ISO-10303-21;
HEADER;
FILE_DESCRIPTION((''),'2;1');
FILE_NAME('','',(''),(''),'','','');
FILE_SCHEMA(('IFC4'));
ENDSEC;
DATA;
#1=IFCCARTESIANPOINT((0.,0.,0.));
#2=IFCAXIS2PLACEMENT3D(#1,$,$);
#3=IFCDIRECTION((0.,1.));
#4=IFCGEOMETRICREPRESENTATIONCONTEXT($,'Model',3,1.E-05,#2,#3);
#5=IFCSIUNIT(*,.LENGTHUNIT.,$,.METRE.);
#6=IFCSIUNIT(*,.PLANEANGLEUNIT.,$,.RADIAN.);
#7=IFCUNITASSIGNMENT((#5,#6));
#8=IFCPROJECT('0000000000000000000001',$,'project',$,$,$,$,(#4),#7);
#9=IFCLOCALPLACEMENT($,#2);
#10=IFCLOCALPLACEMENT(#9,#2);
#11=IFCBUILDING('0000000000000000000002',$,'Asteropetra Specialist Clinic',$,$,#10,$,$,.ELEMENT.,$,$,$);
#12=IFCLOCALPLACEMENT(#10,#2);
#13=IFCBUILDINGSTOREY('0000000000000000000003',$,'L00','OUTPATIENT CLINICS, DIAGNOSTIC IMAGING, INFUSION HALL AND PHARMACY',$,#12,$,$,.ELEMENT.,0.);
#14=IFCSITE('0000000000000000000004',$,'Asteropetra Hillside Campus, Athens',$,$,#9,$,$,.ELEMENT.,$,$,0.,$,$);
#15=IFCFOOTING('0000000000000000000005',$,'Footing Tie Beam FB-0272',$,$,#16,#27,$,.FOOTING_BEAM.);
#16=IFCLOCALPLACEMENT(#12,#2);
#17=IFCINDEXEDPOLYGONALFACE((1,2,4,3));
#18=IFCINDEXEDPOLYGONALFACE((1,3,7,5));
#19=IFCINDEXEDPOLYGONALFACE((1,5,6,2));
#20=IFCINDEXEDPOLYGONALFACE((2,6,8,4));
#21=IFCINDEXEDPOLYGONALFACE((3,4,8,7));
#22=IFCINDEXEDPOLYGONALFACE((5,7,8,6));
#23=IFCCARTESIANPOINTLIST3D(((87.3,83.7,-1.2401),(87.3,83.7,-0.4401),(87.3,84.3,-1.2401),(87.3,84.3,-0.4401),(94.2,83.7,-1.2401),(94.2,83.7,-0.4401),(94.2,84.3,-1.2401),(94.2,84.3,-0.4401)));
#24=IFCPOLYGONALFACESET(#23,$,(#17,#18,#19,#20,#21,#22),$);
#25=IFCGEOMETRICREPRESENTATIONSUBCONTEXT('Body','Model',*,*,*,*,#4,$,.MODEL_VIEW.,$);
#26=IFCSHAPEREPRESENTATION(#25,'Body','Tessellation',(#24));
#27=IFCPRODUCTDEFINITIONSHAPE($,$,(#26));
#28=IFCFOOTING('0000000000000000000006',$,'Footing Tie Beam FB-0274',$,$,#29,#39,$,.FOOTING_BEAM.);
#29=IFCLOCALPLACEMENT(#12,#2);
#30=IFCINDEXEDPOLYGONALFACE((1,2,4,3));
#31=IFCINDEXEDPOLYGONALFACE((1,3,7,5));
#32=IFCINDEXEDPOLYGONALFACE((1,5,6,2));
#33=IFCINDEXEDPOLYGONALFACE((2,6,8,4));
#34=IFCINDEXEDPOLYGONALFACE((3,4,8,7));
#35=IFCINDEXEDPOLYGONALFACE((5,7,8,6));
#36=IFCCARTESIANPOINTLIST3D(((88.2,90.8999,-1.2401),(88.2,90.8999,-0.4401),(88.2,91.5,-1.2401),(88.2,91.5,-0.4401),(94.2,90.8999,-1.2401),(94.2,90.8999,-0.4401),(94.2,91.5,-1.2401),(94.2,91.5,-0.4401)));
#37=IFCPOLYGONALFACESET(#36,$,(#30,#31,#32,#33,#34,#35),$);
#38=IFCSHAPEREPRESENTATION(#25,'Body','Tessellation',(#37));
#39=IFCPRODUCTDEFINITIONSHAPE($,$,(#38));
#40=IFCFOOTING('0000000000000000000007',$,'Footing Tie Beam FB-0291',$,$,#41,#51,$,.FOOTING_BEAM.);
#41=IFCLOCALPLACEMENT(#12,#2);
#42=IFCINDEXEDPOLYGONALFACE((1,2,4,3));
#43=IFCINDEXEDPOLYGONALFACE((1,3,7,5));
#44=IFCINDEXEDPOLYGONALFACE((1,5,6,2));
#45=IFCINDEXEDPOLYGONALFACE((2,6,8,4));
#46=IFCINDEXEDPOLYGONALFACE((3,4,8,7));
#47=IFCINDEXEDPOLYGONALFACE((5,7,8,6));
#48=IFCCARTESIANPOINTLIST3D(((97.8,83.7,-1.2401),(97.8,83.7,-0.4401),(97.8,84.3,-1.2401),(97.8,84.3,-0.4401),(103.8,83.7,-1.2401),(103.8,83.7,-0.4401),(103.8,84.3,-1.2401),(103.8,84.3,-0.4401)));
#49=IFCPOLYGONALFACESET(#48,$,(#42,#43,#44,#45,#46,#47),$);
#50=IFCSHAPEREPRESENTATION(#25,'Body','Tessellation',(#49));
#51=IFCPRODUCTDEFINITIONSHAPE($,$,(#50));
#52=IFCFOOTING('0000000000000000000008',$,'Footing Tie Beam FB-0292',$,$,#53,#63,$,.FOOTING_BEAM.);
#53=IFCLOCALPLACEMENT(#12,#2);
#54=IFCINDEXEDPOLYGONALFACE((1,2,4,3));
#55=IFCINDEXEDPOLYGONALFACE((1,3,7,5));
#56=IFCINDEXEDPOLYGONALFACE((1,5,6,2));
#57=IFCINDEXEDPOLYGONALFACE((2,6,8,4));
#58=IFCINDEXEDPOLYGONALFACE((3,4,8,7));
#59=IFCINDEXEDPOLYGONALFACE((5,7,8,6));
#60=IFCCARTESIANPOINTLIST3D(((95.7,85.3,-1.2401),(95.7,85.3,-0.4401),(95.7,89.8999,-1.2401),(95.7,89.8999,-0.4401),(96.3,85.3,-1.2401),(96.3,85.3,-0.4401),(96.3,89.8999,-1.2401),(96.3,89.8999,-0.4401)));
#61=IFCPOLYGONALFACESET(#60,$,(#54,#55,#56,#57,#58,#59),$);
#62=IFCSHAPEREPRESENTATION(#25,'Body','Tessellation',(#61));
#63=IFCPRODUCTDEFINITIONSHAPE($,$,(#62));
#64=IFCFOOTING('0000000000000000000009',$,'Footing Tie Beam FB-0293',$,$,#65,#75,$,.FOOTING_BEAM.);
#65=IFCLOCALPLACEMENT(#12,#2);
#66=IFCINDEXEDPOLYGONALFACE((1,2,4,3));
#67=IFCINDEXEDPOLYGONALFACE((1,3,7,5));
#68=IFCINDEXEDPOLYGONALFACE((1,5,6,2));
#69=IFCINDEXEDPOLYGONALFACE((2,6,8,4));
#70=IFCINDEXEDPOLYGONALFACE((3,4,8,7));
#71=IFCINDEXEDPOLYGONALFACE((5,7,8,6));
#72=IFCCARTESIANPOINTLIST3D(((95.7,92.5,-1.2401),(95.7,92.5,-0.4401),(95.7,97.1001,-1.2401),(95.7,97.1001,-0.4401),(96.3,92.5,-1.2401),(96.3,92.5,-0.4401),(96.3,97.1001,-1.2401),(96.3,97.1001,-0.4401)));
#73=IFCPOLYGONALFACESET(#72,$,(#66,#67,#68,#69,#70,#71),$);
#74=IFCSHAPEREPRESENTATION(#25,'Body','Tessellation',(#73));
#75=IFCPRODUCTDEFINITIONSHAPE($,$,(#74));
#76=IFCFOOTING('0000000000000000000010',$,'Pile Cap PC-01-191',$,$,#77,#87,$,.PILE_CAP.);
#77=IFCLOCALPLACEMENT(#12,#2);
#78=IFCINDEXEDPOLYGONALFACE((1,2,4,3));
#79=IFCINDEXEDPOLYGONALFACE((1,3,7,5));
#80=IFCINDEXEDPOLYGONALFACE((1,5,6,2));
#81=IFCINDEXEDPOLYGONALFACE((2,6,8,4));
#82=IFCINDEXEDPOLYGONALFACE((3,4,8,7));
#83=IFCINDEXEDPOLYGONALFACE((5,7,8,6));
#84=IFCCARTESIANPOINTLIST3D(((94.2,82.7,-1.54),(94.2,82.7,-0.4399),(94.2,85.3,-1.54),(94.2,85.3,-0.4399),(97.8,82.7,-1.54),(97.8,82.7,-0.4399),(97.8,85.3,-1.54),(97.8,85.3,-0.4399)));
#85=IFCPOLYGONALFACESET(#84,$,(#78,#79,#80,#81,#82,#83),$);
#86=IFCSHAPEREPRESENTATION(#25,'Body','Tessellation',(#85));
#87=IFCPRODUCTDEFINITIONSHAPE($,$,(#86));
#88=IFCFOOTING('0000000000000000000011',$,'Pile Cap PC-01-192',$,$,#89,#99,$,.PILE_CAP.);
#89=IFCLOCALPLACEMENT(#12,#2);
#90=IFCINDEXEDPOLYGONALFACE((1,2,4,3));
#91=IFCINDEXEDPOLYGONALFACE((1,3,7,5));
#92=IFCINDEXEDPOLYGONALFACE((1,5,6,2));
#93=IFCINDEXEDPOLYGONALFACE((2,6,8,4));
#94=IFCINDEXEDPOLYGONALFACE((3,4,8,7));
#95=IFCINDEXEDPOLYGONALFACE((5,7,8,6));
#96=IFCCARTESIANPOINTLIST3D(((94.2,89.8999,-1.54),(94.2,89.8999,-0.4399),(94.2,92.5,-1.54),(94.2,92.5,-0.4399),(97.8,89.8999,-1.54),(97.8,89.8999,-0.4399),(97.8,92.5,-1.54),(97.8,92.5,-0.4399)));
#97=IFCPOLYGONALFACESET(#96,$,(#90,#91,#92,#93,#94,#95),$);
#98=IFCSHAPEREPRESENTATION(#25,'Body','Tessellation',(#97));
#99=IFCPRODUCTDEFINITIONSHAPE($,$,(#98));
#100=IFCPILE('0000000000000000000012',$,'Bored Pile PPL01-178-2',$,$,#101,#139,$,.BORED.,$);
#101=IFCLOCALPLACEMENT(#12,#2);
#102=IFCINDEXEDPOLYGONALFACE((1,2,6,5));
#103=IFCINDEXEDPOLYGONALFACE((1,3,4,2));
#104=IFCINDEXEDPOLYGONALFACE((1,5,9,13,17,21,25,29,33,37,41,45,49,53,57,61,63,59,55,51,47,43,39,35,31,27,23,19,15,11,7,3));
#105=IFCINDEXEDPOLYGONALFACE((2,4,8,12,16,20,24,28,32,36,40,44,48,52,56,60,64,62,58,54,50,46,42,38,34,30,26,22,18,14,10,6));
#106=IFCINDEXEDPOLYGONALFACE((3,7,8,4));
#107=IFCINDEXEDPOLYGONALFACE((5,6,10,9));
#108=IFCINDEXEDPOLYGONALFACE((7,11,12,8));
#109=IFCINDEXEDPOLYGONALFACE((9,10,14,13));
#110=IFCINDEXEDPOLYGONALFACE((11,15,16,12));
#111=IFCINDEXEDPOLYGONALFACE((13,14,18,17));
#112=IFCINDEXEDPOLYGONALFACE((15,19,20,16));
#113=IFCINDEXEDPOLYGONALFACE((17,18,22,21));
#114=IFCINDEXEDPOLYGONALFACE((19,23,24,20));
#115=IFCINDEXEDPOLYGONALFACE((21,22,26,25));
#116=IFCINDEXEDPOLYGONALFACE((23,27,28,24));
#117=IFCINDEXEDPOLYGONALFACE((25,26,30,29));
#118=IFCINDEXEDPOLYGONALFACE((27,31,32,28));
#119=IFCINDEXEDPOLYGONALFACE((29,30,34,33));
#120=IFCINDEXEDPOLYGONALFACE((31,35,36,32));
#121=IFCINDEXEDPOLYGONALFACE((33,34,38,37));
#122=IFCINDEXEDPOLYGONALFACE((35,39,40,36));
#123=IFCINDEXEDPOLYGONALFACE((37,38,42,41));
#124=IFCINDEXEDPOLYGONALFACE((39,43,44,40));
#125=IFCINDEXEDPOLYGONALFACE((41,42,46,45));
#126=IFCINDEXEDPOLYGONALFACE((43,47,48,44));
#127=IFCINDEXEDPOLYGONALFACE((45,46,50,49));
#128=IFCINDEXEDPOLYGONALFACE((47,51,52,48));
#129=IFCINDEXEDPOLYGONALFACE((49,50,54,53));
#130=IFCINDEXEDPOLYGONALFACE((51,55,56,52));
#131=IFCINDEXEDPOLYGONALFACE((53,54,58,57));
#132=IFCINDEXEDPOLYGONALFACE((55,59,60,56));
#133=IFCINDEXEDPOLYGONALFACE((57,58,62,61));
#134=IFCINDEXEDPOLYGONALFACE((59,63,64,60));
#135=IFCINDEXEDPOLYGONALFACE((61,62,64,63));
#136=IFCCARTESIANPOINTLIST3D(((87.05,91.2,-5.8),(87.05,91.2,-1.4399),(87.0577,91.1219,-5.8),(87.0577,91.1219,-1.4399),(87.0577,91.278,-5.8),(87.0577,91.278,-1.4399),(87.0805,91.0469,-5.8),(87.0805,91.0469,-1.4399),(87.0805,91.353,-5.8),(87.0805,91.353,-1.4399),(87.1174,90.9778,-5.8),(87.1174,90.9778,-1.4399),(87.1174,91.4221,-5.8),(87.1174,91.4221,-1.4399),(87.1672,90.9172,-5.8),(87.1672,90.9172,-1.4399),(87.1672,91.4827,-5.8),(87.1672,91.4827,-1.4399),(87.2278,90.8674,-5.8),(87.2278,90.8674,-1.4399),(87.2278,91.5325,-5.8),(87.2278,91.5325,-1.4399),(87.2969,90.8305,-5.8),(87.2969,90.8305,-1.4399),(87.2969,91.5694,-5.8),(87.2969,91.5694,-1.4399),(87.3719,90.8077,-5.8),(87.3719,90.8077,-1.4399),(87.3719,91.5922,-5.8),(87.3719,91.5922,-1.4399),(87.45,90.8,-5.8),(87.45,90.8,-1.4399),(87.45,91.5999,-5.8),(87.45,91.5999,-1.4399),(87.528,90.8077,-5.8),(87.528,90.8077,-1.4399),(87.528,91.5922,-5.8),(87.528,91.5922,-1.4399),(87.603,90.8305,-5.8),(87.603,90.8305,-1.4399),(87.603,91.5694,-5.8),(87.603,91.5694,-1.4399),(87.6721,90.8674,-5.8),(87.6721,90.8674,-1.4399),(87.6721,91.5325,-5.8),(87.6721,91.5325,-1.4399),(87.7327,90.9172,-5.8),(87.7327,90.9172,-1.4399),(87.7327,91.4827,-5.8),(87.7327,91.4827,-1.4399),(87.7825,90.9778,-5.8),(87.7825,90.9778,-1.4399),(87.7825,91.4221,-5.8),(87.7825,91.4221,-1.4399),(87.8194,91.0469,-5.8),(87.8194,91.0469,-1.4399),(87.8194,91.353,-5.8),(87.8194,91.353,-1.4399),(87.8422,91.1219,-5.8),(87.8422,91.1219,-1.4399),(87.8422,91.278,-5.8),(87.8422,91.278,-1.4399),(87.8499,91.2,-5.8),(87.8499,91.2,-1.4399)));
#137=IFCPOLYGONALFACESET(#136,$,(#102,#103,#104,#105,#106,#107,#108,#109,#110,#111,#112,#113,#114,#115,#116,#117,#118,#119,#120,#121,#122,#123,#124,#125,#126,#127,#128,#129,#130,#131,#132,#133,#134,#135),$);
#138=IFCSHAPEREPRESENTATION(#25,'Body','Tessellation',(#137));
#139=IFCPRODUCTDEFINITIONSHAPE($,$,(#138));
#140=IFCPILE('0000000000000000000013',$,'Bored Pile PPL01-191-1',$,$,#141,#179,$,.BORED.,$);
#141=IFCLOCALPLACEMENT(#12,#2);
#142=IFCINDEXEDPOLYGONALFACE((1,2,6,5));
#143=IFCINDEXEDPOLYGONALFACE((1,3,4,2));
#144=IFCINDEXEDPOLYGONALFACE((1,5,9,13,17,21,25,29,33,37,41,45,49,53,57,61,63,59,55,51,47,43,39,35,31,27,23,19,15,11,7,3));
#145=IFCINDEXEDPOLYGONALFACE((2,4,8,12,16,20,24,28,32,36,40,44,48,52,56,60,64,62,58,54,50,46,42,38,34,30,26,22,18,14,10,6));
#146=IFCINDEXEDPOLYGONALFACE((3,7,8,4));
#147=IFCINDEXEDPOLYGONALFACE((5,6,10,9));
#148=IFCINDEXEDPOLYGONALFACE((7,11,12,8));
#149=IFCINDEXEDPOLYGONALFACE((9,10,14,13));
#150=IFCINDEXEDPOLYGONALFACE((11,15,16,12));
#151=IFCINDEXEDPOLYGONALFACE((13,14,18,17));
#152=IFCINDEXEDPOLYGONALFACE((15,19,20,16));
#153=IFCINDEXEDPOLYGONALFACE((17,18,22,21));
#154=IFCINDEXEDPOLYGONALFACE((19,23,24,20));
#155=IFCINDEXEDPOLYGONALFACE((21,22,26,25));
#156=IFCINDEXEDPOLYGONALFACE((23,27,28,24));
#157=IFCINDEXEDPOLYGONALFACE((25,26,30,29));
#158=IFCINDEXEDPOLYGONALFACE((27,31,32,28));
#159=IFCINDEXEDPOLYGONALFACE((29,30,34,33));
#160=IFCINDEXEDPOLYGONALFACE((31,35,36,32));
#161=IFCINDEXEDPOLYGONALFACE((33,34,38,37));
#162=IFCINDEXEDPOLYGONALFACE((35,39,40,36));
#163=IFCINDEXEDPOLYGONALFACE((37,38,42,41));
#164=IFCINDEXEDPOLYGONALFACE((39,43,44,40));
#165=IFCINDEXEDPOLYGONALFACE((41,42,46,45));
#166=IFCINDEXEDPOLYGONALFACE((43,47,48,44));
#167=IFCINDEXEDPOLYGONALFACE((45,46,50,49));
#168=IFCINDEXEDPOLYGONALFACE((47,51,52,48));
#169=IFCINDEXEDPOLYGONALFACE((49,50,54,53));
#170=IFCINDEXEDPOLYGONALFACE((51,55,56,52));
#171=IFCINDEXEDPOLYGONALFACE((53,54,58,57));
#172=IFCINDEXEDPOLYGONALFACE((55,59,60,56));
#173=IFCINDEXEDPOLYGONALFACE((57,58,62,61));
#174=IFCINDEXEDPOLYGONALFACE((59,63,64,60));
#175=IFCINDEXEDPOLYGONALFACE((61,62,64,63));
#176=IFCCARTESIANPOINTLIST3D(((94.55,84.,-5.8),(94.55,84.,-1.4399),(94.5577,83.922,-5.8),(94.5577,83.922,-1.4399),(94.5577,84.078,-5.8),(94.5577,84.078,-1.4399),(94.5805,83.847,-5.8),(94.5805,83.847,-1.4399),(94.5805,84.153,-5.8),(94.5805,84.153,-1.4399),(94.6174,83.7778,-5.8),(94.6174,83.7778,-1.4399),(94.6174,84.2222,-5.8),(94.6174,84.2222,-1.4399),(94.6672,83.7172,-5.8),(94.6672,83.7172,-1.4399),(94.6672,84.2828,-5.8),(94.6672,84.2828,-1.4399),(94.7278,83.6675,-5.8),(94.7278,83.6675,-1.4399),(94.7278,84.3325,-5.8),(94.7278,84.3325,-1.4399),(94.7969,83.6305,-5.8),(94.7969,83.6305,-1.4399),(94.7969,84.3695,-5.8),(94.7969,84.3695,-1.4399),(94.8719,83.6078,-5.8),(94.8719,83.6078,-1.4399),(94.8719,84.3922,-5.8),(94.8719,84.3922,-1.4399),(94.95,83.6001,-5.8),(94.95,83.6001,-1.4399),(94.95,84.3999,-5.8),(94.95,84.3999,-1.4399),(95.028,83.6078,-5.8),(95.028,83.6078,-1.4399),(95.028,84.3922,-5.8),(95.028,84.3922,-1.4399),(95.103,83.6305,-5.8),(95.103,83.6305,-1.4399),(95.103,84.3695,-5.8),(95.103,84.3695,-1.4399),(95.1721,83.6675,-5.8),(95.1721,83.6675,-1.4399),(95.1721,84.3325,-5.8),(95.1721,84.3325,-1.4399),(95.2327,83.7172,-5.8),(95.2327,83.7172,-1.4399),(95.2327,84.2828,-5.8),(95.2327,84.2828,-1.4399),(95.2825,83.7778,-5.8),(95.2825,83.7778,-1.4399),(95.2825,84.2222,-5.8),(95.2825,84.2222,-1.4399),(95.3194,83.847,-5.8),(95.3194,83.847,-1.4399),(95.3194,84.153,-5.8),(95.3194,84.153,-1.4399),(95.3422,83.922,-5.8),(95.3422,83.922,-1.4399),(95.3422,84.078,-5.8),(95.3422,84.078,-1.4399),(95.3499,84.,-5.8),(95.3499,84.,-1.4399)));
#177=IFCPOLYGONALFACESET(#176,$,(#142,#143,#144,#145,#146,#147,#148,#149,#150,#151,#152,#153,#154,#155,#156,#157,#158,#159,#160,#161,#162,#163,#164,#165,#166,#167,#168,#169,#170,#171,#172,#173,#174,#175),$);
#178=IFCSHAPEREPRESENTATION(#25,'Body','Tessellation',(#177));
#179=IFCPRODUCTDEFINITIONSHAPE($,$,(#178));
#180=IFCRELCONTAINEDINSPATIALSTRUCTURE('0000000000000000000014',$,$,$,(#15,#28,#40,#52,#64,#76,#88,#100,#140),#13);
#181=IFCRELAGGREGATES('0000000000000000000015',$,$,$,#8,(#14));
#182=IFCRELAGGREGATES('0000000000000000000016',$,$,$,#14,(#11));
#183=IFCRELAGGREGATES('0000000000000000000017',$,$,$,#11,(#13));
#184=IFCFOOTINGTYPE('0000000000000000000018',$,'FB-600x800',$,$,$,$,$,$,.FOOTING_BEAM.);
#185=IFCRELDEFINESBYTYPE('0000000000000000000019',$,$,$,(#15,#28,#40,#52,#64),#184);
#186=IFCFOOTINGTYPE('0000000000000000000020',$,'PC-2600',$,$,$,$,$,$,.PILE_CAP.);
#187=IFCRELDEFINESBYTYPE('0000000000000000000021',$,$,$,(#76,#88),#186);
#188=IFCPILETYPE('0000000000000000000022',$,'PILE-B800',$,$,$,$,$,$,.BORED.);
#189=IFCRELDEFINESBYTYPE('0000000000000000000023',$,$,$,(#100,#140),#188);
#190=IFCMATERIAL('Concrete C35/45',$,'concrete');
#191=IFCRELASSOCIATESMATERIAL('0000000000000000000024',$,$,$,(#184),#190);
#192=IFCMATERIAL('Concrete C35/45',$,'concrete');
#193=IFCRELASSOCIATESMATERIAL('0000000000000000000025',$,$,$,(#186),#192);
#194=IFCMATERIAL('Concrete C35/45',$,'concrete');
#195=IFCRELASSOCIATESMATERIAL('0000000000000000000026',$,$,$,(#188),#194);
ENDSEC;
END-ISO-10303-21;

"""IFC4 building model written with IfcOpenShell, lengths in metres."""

from ifc_helpers import new_model, si_unit, direction, frame, origin, origin_2d, place, context, subcontext, project, spatial, rectangle, circle, extrude, material, material_profile, profile_set, type_object, element, save


model = new_model("IFC4")

# Units and contexts
model_context = context("Model", 3, precision=1e-05, world=origin(), true_north=direction((0.0, 1.0)))
body_context = subcontext(model_context, "Body", "Model", "MODEL_VIEW")
ifc_project = project(units=[si_unit("LENGTHUNIT", "METRE"), si_unit("PLANEANGLEUNIT", "RADIAN")], contexts=[model_context])

# Site, building, storey
site_placement = place(None, origin())
site = spatial("IfcSite", under=ifc_project, at=site_placement, Name="Asteropetra Hillside Campus, Athens", CompositionType="ELEMENT", RefElevation=0.0)
building_placement = place(site_placement, origin())
building = spatial("IfcBuilding", under=site, at=building_placement, Name="Asteropetra Specialist Clinic", CompositionType="ELEMENT")
storey_placement = place(building_placement, origin())
storey = spatial("IfcBuildingStorey", under=building, at=storey_placement, Name="L00", Description="OUTPATIENT CLINICS, DIAGNOSTIC IMAGING, INFUSION HALL AND PHARMACY", CompositionType="ELEMENT", Elevation=0.0)

# Footings
ifc_material_1 = material(Name="Concrete C35/45", Category="concrete")
ifc_material_profile_1 = material_profile(ifc_material_1, rectangle(XDim=0.6001, YDim=0.8, at=origin_2d()), Name="FB 600x800")
ifc_profile_set_1 = profile_set([ifc_material_profile_1], Name="Concrete C35/45")
footing_type_1 = type_object("IfcFootingType", Name="FB-600x800", PredefinedType="FOOTING_BEAM", material=ifc_profile_set_1)
footing_1_placement = place(storey_placement, frame((87.3, 84.0, -0.8401), z_axis=(1.0, 0.0, 0.0), x_axis=(0.0, 1.0, 0.0)))
element("IfcFooting", 1, at=footing_1_placement, inside=storey, type_object=footing_type_1, Name="Footing Tie Beam FB-0272", PredefinedType="FOOTING_BEAM", context=body_context, shape_type="SweptSolid", body=[
    extrude(rectangle(XDim=0.6001, YDim=0.8, at=origin_2d()), origin(), (0.0, 0.0, 1.0), 6.8999),
])
for number, where, z_axis, x_axis, name in (
    (2, (88.2, 91.2, -0.8401), (1.0, 0.0, 0.0), (0.0, 1.0, 0.0), "Footing Tie Beam FB-0274"),
    (3, (97.8, 84.0, -0.8401), (1.0, 0.0, 0.0), (0.0, 1.0, 0.0), "Footing Tie Beam FB-0291"),
):
    element("IfcFooting", number, at=place(storey_placement, frame(where, z_axis=z_axis, x_axis=x_axis)), inside=storey, type_object=footing_type_1, Name=name, PredefinedType="FOOTING_BEAM", context=body_context, shape_type="SweptSolid", body=[
        extrude(rectangle(XDim=0.6001, YDim=0.8, at=origin_2d()), origin(), (0.0, 0.0, 1.0), 6.0),
    ])
footing_2_placement = place(storey_placement, frame((96.0, 85.3, -0.8401), z_axis=(0.0, 1.0, 0.0), x_axis=(-1.0, 0.0, 0.0)))
element("IfcFooting", 4, at=footing_2_placement, inside=storey, type_object=footing_type_1, Name="Footing Tie Beam FB-0292", PredefinedType="FOOTING_BEAM", context=body_context, shape_type="SweptSolid", body=[
    extrude(rectangle(XDim=0.6001, YDim=0.8, at=origin_2d()), origin(), (0.0, 0.0, 1.0), 4.5999),
])
footing_3_placement = place(storey_placement, frame((96.0, 92.5, -0.8401), z_axis=(0.0, 1.0, 0.0), x_axis=(-1.0, 0.0, 0.0)))
element("IfcFooting", 5, at=footing_3_placement, inside=storey, type_object=footing_type_1, Name="Footing Tie Beam FB-0293", PredefinedType="FOOTING_BEAM", context=body_context, shape_type="SweptSolid", body=[
    extrude(rectangle(XDim=0.6001, YDim=0.8, at=origin_2d()), origin(), (0.0, 0.0, 1.0), 4.6001),
])
ifc_material_2 = material(Name="Concrete C35/45", Category="concrete")
footing_type_2 = type_object("IfcFootingType", Name="PC-2600", PredefinedType="PILE_CAP", material=ifc_material_2)
for number, where, z_axis, x_axis, name in (
    (6, (96.0, 84.0, -1.54), (0.0, 0.0, 1.0), (1.0, 0.0, 0.0), "Pile Cap PC-01-191"),
    (7, (96.0, 91.2, -1.54), (0.0, 0.0, 1.0), (1.0, 0.0, 0.0), "Pile Cap PC-01-192"),
):
    element("IfcFooting", number, at=place(storey_placement, frame(where, z_axis=z_axis, x_axis=x_axis)), inside=storey, type_object=footing_type_2, Name=name, PredefinedType="PILE_CAP", context=body_context, shape_type="SweptSolid", body=[
        extrude(rectangle(XDim=3.6001, YDim=2.6001, at=origin_2d()), origin(), (0.0, 0.0, 1.0), 1.1001),
    ])

# Piles
ifc_material_3 = material(Name="Concrete C35/45", Category="concrete")
ifc_material_profile_2 = material_profile(ifc_material_3, circle(Radius=0.3999, at=origin_2d()), Name="PILE D800")
ifc_profile_set_2 = profile_set([ifc_material_profile_2], Name="Concrete C35/45")
pile_type = type_object("IfcPileType", Name="PILE-B800", PredefinedType="BORED", material=ifc_profile_set_2)
for number, where, z_axis, x_axis, name in (
    (8, (87.45, 91.2, -1.4399), (0.0, 0.0, -1.0), (1.0, 0.0, 0.0), "Bored Pile PPL01-178-2"),
    (9, (94.95, 84.0, -1.4399), (0.0, 0.0, -1.0), (1.0, 0.0, 0.0), "Bored Pile PPL01-191-1"),
):
    element("IfcPile", number, at=place(storey_placement, frame(where, z_axis=z_axis, x_axis=x_axis)), inside=storey, type_object=pile_type, Name=name, PredefinedType="BORED", context=body_context, shape_type="SweptSolid", body=[
        extrude(circle(Radius=0.3999, at=origin_2d()), origin(), (0.0, 0.0, 1.0), 4.3601),
    ])

save(model, "model.ifc")
